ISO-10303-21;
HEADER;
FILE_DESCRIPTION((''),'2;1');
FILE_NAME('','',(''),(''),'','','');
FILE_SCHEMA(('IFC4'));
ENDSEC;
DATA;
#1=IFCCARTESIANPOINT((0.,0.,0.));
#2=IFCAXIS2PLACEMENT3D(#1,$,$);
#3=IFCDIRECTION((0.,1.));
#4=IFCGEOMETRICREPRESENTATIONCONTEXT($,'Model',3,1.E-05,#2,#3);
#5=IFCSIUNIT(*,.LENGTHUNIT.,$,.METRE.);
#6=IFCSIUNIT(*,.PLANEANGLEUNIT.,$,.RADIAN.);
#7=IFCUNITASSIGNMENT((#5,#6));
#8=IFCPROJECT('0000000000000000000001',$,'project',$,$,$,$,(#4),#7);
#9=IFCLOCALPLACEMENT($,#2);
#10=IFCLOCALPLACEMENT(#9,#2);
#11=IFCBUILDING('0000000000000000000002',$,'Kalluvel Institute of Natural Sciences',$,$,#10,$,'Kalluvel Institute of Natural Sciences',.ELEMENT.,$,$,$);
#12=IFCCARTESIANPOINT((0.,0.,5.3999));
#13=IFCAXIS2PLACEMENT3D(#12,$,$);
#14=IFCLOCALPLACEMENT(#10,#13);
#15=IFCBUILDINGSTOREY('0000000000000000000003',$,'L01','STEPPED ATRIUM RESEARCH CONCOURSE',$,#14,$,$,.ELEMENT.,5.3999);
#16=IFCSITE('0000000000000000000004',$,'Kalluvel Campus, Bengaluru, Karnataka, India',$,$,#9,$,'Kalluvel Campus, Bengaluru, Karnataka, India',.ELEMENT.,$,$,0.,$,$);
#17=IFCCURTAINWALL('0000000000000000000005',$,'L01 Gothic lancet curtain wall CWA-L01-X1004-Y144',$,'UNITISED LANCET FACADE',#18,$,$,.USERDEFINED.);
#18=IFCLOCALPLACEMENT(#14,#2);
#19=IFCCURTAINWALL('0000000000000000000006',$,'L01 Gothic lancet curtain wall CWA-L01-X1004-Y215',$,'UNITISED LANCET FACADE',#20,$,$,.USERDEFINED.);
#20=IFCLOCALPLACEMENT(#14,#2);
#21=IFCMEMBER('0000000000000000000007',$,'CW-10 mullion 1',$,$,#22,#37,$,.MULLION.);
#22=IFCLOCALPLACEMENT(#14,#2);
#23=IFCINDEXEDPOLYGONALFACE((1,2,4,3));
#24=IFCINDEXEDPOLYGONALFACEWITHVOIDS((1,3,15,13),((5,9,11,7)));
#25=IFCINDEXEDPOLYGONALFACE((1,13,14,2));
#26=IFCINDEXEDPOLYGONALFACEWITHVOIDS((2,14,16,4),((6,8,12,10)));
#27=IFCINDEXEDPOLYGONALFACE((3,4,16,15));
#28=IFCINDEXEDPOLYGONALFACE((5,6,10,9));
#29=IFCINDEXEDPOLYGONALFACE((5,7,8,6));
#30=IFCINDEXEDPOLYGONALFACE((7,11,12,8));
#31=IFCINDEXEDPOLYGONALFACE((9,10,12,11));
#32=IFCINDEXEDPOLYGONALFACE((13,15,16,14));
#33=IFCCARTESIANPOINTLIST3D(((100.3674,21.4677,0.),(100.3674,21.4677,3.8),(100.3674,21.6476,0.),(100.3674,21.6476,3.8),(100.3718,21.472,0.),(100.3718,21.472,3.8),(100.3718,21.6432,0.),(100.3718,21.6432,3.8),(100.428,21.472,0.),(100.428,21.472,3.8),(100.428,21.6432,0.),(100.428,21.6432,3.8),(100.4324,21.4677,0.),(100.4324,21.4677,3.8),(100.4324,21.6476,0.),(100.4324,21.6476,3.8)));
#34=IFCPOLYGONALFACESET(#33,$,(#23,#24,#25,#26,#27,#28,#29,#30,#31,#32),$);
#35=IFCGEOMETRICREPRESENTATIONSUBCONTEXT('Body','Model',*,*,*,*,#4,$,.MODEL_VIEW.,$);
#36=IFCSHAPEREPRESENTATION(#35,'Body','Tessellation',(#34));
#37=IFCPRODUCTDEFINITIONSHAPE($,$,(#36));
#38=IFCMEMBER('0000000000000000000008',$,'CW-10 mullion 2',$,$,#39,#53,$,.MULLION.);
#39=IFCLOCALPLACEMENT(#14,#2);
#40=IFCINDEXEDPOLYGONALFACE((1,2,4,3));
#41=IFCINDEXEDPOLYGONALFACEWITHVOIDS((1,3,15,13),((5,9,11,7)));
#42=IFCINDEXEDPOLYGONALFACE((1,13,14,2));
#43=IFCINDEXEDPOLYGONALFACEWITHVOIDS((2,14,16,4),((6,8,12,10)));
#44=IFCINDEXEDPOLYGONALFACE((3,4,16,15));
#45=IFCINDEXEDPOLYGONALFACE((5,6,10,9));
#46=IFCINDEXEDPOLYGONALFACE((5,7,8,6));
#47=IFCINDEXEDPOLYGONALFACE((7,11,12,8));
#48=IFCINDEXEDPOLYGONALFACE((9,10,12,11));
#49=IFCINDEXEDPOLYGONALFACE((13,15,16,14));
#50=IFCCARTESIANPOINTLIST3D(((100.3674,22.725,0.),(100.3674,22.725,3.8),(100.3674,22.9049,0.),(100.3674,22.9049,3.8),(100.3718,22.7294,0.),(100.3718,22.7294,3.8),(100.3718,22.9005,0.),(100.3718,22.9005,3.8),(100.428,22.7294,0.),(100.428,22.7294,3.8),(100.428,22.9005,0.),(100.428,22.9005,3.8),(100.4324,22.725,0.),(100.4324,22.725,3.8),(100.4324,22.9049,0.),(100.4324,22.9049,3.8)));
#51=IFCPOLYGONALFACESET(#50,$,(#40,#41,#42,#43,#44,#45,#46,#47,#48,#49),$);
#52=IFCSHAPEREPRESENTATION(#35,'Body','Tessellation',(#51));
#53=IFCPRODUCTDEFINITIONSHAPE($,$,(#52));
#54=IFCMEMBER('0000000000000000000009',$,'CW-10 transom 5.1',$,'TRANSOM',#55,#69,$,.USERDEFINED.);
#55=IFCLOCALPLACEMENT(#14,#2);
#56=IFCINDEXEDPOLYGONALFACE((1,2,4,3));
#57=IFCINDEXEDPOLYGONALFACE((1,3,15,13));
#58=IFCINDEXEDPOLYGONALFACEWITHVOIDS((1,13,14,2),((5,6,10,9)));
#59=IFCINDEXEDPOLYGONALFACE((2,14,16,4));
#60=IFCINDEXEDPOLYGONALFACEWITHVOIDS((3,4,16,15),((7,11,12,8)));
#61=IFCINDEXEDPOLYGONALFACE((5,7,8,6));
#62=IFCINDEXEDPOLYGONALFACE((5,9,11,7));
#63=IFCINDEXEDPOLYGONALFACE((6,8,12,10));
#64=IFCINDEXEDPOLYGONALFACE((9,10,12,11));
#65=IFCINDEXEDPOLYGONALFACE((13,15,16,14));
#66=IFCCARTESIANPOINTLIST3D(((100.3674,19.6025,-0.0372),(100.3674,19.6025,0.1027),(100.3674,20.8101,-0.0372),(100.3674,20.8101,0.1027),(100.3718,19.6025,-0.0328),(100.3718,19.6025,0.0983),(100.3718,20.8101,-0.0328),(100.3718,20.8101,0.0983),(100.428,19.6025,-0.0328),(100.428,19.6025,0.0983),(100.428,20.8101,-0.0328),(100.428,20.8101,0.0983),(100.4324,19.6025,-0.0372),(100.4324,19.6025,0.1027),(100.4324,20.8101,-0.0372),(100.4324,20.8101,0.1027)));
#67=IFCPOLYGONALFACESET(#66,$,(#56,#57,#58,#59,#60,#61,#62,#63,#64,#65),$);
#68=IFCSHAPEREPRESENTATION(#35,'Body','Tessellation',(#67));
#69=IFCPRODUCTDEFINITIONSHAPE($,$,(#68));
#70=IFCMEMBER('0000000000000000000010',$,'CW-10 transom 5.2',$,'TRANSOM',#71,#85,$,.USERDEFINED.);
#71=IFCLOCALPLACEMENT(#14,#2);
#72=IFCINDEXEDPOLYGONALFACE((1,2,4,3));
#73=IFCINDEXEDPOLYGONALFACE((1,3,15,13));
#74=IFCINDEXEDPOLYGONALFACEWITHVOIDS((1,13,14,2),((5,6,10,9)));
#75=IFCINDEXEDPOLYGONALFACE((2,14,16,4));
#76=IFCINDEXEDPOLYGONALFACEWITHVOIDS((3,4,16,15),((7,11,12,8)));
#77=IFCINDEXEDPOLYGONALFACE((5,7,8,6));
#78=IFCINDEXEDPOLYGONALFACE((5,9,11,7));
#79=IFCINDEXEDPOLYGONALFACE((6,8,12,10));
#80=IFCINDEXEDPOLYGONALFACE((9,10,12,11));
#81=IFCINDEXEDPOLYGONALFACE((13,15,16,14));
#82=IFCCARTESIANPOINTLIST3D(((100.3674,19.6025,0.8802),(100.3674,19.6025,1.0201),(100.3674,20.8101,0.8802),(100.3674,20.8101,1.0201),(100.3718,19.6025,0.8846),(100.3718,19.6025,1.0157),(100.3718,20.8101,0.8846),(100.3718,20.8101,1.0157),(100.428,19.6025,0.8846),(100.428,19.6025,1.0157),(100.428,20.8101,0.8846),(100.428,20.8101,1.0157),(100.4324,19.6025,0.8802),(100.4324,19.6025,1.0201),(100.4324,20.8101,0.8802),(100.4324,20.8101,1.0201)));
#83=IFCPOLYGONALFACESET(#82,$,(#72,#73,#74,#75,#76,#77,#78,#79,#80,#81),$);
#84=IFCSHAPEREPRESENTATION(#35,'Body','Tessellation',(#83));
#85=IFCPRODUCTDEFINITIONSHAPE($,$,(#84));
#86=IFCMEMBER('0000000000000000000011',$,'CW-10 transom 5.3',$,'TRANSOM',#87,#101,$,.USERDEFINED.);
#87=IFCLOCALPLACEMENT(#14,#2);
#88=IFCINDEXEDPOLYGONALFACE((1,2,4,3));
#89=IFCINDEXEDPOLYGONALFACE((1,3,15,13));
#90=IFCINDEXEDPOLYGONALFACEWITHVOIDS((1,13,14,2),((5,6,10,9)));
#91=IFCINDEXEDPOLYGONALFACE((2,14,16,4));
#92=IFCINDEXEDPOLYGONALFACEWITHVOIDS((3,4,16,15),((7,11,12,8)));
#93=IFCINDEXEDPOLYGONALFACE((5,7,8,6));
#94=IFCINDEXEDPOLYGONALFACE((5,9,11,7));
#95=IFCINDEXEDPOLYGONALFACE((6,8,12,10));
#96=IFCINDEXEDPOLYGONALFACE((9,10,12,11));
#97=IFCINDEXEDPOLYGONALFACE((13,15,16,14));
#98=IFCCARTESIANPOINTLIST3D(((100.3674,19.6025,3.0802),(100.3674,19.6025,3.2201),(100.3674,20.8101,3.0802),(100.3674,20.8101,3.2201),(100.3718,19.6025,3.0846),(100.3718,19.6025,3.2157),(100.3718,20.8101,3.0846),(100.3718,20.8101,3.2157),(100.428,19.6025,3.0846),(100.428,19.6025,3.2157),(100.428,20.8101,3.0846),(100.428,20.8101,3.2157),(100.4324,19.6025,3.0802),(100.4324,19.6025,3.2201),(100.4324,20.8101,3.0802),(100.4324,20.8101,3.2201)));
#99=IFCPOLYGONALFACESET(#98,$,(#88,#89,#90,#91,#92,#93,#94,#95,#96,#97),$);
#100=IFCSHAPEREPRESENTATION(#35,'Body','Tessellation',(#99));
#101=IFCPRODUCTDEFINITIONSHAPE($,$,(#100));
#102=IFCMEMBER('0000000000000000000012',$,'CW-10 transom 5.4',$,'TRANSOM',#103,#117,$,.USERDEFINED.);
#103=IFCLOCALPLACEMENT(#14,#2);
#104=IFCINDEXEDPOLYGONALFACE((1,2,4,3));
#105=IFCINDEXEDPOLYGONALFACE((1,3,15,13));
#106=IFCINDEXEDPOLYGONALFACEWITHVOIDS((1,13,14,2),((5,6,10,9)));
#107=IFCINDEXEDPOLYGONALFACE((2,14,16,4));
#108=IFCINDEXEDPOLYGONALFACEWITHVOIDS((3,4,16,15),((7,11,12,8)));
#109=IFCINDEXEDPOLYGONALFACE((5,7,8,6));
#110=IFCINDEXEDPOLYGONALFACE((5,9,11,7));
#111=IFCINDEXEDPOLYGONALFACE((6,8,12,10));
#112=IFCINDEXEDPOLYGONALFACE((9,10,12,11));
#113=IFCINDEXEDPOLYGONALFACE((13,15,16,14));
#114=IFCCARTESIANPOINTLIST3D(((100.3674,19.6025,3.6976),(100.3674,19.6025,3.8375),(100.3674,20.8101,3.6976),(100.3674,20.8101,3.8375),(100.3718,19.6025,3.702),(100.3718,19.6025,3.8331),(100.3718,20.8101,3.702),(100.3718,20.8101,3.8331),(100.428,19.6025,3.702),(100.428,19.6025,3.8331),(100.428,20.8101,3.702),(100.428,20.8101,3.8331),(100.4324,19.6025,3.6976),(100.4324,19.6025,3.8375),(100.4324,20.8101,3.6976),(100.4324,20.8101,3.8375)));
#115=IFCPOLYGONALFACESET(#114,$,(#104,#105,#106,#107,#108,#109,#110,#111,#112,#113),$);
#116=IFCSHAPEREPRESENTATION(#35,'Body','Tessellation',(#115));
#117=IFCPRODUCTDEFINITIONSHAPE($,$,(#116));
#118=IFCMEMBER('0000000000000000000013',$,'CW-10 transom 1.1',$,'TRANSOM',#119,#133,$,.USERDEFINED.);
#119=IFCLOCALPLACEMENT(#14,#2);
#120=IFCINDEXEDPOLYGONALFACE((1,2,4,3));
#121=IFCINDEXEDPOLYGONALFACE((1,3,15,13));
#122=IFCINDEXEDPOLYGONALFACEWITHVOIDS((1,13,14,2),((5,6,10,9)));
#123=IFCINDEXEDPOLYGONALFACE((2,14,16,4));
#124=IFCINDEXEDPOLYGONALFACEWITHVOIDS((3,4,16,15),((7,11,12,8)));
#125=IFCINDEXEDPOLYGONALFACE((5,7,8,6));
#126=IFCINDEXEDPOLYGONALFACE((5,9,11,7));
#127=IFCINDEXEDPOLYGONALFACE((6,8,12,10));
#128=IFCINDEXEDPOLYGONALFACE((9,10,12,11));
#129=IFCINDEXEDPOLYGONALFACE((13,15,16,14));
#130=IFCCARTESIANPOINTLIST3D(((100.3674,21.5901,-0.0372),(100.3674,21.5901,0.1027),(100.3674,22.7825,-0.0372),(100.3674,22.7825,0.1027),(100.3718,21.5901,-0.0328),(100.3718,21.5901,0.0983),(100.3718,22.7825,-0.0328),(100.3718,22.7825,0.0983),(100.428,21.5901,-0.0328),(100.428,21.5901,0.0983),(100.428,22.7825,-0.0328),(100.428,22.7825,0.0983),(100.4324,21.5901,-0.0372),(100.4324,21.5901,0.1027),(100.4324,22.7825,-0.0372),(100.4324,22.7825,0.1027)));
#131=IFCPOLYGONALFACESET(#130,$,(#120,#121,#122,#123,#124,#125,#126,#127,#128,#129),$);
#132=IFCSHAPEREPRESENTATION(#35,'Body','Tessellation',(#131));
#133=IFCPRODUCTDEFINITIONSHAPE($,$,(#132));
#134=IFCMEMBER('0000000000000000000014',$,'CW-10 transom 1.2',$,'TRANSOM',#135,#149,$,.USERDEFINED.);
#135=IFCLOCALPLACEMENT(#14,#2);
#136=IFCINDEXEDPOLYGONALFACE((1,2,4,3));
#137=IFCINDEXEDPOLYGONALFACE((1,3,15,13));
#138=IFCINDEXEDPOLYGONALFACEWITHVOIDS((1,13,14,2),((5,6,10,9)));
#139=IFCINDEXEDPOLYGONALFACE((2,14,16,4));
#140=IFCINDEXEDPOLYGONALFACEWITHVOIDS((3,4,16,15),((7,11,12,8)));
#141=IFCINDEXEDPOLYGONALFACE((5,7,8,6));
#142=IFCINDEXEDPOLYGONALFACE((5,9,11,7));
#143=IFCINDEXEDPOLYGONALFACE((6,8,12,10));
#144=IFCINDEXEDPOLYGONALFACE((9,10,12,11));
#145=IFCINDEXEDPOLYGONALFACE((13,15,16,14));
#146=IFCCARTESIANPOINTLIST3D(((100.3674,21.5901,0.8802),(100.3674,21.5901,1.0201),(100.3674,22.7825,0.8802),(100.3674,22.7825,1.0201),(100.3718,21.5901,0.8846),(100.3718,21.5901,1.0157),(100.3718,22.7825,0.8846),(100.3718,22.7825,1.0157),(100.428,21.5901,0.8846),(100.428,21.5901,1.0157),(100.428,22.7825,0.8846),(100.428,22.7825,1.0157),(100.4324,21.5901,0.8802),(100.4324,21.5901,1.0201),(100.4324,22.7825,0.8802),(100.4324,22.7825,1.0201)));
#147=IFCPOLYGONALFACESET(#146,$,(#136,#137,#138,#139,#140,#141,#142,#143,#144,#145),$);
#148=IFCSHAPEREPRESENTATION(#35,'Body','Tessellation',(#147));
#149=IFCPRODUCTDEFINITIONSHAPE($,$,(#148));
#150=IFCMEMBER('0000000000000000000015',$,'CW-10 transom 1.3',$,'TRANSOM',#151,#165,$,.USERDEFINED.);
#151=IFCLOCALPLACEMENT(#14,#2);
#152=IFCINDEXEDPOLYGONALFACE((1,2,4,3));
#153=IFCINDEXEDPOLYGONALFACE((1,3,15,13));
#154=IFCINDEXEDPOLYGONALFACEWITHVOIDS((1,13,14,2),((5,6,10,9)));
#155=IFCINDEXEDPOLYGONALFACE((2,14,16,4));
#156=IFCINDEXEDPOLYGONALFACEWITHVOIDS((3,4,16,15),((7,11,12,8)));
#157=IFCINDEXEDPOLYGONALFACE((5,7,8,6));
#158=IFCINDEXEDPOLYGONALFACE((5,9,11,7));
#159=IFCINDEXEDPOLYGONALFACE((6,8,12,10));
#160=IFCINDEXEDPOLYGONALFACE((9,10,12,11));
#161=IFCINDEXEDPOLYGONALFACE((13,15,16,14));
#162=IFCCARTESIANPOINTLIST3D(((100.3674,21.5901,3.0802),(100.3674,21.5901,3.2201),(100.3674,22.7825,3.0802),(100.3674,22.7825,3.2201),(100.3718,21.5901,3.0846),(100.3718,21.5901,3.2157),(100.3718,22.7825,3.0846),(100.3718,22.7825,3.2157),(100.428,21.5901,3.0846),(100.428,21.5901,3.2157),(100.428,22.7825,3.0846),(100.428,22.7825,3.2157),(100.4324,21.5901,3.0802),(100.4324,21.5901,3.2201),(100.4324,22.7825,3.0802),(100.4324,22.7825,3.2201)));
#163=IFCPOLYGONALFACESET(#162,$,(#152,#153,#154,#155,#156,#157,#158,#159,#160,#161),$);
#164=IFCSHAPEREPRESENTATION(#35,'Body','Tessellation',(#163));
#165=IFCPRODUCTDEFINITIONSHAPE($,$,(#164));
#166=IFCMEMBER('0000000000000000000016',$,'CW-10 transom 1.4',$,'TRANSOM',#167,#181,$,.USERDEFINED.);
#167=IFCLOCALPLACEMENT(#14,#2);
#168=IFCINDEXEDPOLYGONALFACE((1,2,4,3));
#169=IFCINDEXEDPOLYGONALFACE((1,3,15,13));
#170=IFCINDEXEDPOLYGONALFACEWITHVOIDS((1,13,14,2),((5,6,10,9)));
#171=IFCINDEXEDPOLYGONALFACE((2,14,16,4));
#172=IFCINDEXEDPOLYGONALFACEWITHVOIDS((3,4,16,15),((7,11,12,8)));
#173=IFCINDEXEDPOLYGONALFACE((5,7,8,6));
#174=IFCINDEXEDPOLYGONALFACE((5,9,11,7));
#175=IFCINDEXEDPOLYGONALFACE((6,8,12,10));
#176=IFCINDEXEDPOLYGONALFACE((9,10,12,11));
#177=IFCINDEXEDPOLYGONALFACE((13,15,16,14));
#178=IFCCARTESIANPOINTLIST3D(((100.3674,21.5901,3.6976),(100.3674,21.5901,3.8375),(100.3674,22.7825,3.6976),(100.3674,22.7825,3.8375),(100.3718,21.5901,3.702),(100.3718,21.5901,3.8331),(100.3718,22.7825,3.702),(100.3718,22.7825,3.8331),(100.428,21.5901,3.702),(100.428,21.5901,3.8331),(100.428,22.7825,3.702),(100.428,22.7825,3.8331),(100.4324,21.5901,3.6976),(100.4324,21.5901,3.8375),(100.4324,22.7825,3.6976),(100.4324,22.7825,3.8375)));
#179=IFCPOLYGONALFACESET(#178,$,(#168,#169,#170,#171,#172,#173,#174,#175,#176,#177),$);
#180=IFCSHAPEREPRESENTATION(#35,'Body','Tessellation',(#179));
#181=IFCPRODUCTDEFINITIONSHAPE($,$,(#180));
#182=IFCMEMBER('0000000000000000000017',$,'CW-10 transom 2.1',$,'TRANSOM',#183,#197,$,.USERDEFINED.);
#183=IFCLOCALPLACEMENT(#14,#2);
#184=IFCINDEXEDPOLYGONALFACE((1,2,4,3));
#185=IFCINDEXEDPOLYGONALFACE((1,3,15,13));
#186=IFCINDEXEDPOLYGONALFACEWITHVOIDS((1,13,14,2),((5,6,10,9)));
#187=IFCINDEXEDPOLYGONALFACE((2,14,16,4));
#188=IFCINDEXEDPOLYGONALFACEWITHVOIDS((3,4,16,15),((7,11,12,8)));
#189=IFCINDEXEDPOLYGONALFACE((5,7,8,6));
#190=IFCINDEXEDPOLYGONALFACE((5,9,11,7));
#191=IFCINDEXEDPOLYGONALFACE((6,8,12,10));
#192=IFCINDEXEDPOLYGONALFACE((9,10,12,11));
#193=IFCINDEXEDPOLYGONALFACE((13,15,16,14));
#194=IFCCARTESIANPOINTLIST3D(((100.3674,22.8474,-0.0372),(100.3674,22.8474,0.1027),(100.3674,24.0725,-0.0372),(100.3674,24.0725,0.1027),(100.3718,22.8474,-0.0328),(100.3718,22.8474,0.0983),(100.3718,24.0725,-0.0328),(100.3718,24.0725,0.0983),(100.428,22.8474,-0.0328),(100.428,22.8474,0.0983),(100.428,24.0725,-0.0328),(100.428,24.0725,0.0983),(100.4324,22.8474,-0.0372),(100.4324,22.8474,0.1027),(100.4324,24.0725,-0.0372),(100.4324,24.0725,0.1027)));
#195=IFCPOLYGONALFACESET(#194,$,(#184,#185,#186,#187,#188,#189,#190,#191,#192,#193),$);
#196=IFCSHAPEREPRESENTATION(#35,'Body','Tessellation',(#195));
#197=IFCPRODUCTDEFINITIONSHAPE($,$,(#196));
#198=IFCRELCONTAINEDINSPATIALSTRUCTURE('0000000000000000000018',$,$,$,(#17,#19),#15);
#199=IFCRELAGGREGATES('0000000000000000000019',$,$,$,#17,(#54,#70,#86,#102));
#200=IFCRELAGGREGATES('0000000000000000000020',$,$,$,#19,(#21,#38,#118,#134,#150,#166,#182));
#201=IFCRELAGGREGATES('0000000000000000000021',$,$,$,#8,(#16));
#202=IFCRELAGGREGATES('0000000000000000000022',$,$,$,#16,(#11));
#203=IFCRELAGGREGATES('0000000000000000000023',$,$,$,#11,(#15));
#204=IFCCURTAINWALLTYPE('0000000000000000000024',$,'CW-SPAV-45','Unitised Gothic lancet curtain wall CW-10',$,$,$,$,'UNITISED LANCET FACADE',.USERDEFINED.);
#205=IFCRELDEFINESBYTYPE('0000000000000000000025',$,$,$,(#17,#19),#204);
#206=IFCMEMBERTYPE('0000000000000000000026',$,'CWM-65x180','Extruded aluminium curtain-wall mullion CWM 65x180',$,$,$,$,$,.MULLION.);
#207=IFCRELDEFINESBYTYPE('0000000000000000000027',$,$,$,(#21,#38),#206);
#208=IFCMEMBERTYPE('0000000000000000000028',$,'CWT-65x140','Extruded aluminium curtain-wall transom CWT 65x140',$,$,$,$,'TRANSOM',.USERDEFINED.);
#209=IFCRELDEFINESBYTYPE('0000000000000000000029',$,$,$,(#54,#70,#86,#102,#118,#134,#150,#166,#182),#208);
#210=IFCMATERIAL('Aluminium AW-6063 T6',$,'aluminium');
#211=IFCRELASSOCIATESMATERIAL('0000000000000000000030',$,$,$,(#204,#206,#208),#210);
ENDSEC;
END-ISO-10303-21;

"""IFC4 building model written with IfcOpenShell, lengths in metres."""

from ifc_helpers import new_model, si_unit, direction, frame, origin, origin_2d, place, context, subcontext, project, spatial, hollow_rectangle, extrude, material, material_profile, profile_set, type_object, element, aggregate, save


model = new_model("IFC4")

# Units and contexts
model_context = context("Model", 3, precision=1e-05, world=origin(), true_north=direction((0.0, 1.0)))
body_context = subcontext(model_context, "Body", "Model", "MODEL_VIEW")
ifc_project = project(units=[si_unit("LENGTHUNIT", "METRE"), si_unit("PLANEANGLEUNIT", "RADIAN")], contexts=[model_context])

# Site, building, storey
site_placement = place(None, origin())
site = spatial("IfcSite", under=ifc_project, at=site_placement, Name="Kalluvel Campus, Bengaluru, Karnataka, India", LongName="Kalluvel Campus, Bengaluru, Karnataka, India", CompositionType="ELEMENT", RefElevation=0.0)
building_placement = place(site_placement, origin())
building = spatial("IfcBuilding", under=site, at=building_placement, Name="Kalluvel Institute of Natural Sciences", LongName="Kalluvel Institute of Natural Sciences", CompositionType="ELEMENT")
storey_placement = place(building_placement, frame((0.0, 0.0, 5.3999)))
storey = spatial("IfcBuildingStorey", under=building, at=storey_placement, Name="L01", Description="STEPPED ATRIUM RESEARCH CONCOURSE", CompositionType="ELEMENT", Elevation=5.3999)

# Curtain wall
ifc_material_1 = material(Name="Aluminium AW-6063 T6", Category="aluminium")
curtain_wall_type = type_object("IfcCurtainWallType", Name="CW-SPAV-45", Description="Unitised Gothic lancet curtain wall CW-10", ElementType="UNITISED LANCET FACADE", PredefinedType="USERDEFINED", material=ifc_material_1)
curtain_wall_1_placement = place(storey_placement, origin())
curtain_wall_1 = element("IfcCurtainWall", 1, at=curtain_wall_1_placement, inside=storey, type_object=curtain_wall_type, Name="L01 Gothic lancet curtain wall CWA-L01-X1004-Y144", ObjectType="UNITISED LANCET FACADE", PredefinedType="USERDEFINED")
ifc_material_profile_1 = material_profile(ifc_material_1, hollow_rectangle(XDim=0.0649, YDim=0.1799, WallThickness=0.0044, at=origin_2d()), Name="CWM 65x180")
ifc_profile_set_1 = profile_set([ifc_material_profile_1], Name="Aluminium AW-6063 T6")
member_type_1 = type_object("IfcMemberType", Name="CWM-65x180", Description="Extruded aluminium curtain-wall mullion CWM 65x180", PredefinedType="MULLION", material=ifc_profile_set_1)

# Curtain wall, members
curtain_wall_2_placement = place(storey_placement, origin())
curtain_wall_2 = element("IfcCurtainWall", 2, at=curtain_wall_2_placement, inside=storey, type_object=curtain_wall_type, Name="L01 Gothic lancet curtain wall CWA-L01-X1004-Y215", ObjectType="UNITISED LANCET FACADE", PredefinedType="USERDEFINED")
member_1_placement = place(storey_placement, frame((100.3999, 21.5576, 0.0), z_axis=(0.0, 0.0, 1.0), x_axis=(-1.0, 0.0, 0.0)))
member_1 = element("IfcMember", 3, at=member_1_placement, type_object=member_type_1, Name="CW-10 mullion 1", PredefinedType="MULLION", context=body_context, shape_type="SweptSolid", body=[
    extrude(hollow_rectangle(XDim=0.0649, YDim=0.1799, WallThickness=0.0044, at=origin_2d()), origin(), (0.0, 0.0, 1.0), 3.8),
])
member_2_placement = place(storey_placement, frame((100.3999, 22.8149, 0.0), z_axis=(0.0, 0.0, 1.0), x_axis=(-1.0, 0.0, 0.0)))
member_2 = element("IfcMember", 4, at=member_2_placement, type_object=member_type_1, Name="CW-10 mullion 2", PredefinedType="MULLION", context=body_context, shape_type="SweptSolid", body=[
    extrude(hollow_rectangle(XDim=0.0649, YDim=0.1799, WallThickness=0.0044, at=origin_2d()), origin(), (0.0, 0.0, 1.0), 3.8),
])

# Members
ifc_material_profile_2 = material_profile(ifc_material_1, hollow_rectangle(XDim=0.0649, YDim=0.1399, WallThickness=0.0044, at=origin_2d()), Name="CWT 65x140")
ifc_profile_set_2 = profile_set([ifc_material_profile_2], Name="Aluminium AW-6063 T6")
member_type_2 = type_object("IfcMemberType", Name="CWT-65x140", Description="Extruded aluminium curtain-wall transom CWT 65x140", ElementType="TRANSOM", PredefinedType="USERDEFINED", material=ifc_profile_set_2)
member_3_placement = place(storey_placement, frame((100.3999, 19.6025, 0.0327), z_axis=(0.0, 1.0, 0.0), x_axis=(-1.0, 0.0, 0.0)))
member_3 = element("IfcMember", 5, at=member_3_placement, type_object=member_type_2, Name="CW-10 transom 5.1", ObjectType="TRANSOM", PredefinedType="USERDEFINED", context=body_context, shape_type="SweptSolid", body=[
    extrude(hollow_rectangle(XDim=0.0649, YDim=0.1399, WallThickness=0.0044, at=origin_2d()), origin(), (0.0, 0.0, 1.0), 1.2075),
])
member_4_placement = place(storey_placement, frame((100.3999, 19.6025, 0.9502), z_axis=(0.0, 1.0, 0.0), x_axis=(-1.0, 0.0, 0.0)))
member_4 = element("IfcMember", 6, at=member_4_placement, type_object=member_type_2, Name="CW-10 transom 5.2", ObjectType="TRANSOM", PredefinedType="USERDEFINED", context=body_context, shape_type="SweptSolid", body=[
    extrude(hollow_rectangle(XDim=0.0649, YDim=0.1399, WallThickness=0.0044, at=origin_2d()), origin(), (0.0, 0.0, 1.0), 1.2075),
])
member_5_placement = place(storey_placement, frame((100.3999, 19.6025, 3.1501), z_axis=(0.0, 1.0, 0.0), x_axis=(-1.0, 0.0, 0.0)))
member_5 = element("IfcMember", 7, at=member_5_placement, type_object=member_type_2, Name="CW-10 transom 5.3", ObjectType="TRANSOM", PredefinedType="USERDEFINED", context=body_context, shape_type="SweptSolid", body=[
    extrude(hollow_rectangle(XDim=0.0649, YDim=0.1399, WallThickness=0.0044, at=origin_2d()), origin(), (0.0, 0.0, 1.0), 1.2075),
])
member_6_placement = place(storey_placement, frame((100.3999, 19.6025, 3.7676), z_axis=(0.0, 1.0, 0.0), x_axis=(-1.0, 0.0, 0.0)))
member_6 = element("IfcMember", 8, at=member_6_placement, type_object=member_type_2, Name="CW-10 transom 5.4", ObjectType="TRANSOM", PredefinedType="USERDEFINED", context=body_context, shape_type="SweptSolid", body=[
    extrude(hollow_rectangle(XDim=0.0649, YDim=0.1399, WallThickness=0.0044, at=origin_2d()), origin(), (0.0, 0.0, 1.0), 1.2075),
])
member_7_placement = place(storey_placement, frame((100.3999, 21.5901, 0.0327), z_axis=(0.0, 1.0, 0.0), x_axis=(-1.0, 0.0, 0.0)))
member_7 = element("IfcMember", 9, at=member_7_placement, type_object=member_type_2, Name="CW-10 transom 1.1", ObjectType="TRANSOM", PredefinedType="USERDEFINED", context=body_context, shape_type="SweptSolid", body=[
    extrude(hollow_rectangle(XDim=0.0649, YDim=0.1399, WallThickness=0.0044, at=origin_2d()), origin(), (0.0, 0.0, 1.0), 1.1924),
])
member_8_placement = place(storey_placement, frame((100.3999, 21.5901, 0.9502), z_axis=(0.0, 1.0, 0.0), x_axis=(-1.0, 0.0, 0.0)))
member_8 = element("IfcMember", 10, at=member_8_placement, type_object=member_type_2, Name="CW-10 transom 1.2", ObjectType="TRANSOM", PredefinedType="USERDEFINED", context=body_context, shape_type="SweptSolid", body=[
    extrude(hollow_rectangle(XDim=0.0649, YDim=0.1399, WallThickness=0.0044, at=origin_2d()), origin(), (0.0, 0.0, 1.0), 1.1924),
])
member_9_placement = place(storey_placement, frame((100.3999, 21.5901, 3.1501), z_axis=(0.0, 1.0, 0.0), x_axis=(-1.0, 0.0, 0.0)))
member_9 = element("IfcMember", 11, at=member_9_placement, type_object=member_type_2, Name="CW-10 transom 1.3", ObjectType="TRANSOM", PredefinedType="USERDEFINED", context=body_context, shape_type="SweptSolid", body=[
    extrude(hollow_rectangle(XDim=0.0649, YDim=0.1399, WallThickness=0.0044, at=origin_2d()), origin(), (0.0, 0.0, 1.0), 1.1924),
])
member_10_placement = place(storey_placement, frame((100.3999, 21.5901, 3.7676), z_axis=(0.0, 1.0, 0.0), x_axis=(-1.0, 0.0, 0.0)))
member_10 = element("IfcMember", 12, at=member_10_placement, type_object=member_type_2, Name="CW-10 transom 1.4", ObjectType="TRANSOM", PredefinedType="USERDEFINED", context=body_context, shape_type="SweptSolid", body=[
    extrude(hollow_rectangle(XDim=0.0649, YDim=0.1399, WallThickness=0.0044, at=origin_2d()), origin(), (0.0, 0.0, 1.0), 1.1924),
])
member_11_placement = place(storey_placement, frame((100.3999, 22.8474, 0.0327), z_axis=(0.0, 1.0, 0.0), x_axis=(-1.0, 0.0, 0.0)))
member_11 = element("IfcMember", 13, at=member_11_placement, type_object=member_type_2, Name="CW-10 transom 2.1", ObjectType="TRANSOM", PredefinedType="USERDEFINED", context=body_context, shape_type="SweptSolid", body=[
    extrude(hollow_rectangle(XDim=0.0649, YDim=0.1399, WallThickness=0.0044, at=origin_2d()), origin(), (0.0, 0.0, 1.0), 1.2251),
])

aggregate(curtain_wall_1, [member_3, member_4, member_5, member_6])
aggregate(curtain_wall_2, [member_1, member_2, member_7, member_8, member_9, member_10, member_11])

save(model, "model.ifc")
